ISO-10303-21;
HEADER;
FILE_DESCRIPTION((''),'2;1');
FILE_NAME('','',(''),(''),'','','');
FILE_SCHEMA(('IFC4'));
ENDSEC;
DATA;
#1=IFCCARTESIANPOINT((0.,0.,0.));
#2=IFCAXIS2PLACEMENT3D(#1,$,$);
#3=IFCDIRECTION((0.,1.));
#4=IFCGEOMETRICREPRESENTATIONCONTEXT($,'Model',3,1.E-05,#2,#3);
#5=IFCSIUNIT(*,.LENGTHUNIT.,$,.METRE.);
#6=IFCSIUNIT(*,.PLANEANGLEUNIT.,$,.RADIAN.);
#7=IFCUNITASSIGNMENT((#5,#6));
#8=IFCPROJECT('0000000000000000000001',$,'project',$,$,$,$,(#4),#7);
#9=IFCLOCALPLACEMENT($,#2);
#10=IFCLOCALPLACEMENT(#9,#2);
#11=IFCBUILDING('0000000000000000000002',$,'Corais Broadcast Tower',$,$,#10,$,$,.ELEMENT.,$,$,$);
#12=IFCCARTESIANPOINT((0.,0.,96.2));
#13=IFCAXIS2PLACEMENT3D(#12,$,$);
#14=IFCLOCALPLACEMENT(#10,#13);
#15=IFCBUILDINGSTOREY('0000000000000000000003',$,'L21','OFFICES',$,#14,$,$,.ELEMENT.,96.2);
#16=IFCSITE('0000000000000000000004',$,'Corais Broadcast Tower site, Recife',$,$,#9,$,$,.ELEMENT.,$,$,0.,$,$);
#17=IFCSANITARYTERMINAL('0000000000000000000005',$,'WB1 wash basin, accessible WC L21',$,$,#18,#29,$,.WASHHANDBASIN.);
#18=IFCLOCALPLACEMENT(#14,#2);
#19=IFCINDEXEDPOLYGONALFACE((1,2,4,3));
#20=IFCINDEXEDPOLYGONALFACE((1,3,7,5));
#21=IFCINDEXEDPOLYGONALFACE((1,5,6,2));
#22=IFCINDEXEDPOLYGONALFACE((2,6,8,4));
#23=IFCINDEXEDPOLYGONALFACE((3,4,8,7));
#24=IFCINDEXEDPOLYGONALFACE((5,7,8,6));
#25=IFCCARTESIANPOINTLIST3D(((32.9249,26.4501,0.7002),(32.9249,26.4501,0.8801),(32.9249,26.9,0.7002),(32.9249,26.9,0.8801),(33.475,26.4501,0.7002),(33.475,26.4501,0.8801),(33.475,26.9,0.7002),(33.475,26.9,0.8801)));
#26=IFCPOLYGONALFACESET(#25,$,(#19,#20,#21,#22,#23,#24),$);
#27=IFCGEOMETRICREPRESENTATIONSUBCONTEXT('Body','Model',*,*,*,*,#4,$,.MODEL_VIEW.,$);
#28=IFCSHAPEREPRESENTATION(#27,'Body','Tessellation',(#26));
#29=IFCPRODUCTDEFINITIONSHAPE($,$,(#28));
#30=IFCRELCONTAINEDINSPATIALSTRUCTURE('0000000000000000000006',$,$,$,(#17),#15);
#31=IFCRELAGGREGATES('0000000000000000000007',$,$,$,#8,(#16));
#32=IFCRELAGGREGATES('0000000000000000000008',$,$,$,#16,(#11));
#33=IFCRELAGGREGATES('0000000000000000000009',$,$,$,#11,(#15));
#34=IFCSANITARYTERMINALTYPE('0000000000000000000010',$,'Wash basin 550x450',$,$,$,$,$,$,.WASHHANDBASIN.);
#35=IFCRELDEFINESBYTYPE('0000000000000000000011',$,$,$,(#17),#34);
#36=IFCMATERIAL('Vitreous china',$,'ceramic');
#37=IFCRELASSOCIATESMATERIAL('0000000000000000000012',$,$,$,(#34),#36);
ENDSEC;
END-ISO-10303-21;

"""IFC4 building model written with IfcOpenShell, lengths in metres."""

from ifc_helpers import new_model, si_unit, direction, frame, origin, origin_2d, place, context, subcontext, project, spatial, rectangle, extrude, material, type_object, element, save


model = new_model("IFC4")

# Units and contexts
model_context = context("Model", 3, precision=1e-05, world=origin(), true_north=direction((0.0, 1.0)))
body_context = subcontext(model_context, "Body", "Model", "MODEL_VIEW")
ifc_project = project(units=[si_unit("LENGTHUNIT", "METRE"), si_unit("PLANEANGLEUNIT", "RADIAN")], contexts=[model_context])

# Site, building, storey
site_placement = place(None, origin())
site = spatial("IfcSite", under=ifc_project, at=site_placement, Name="Corais Broadcast Tower site, Recife", CompositionType="ELEMENT", RefElevation=0.0)
building_placement = place(site_placement, origin())
building = spatial("IfcBuilding", under=site, at=building_placement, Name="Corais Broadcast Tower", CompositionType="ELEMENT")
storey_placement = place(building_placement, frame((0.0, 0.0, 96.2)))
storey = spatial("IfcBuildingStorey", under=building, at=storey_placement, Name="L21", Description="OFFICES", CompositionType="ELEMENT", Elevation=96.2)

# Sanitary terminal
ifc_material_1 = material(Name="Vitreous china", Category="ceramic")
sanitary_terminal_type_1 = type_object("IfcSanitaryTerminalType", Name="Wash basin 550x450", PredefinedType="WASHHANDBASIN", material=ifc_material_1)
sanitary_terminal_placement = place(storey_placement, frame((33.2, 26.675, 0.7002), z_axis=(0.0, 0.0, 1.0), x_axis=(1.0, 0.0, 0.0)))
element("IfcSanitaryTerminal", 1, at=sanitary_terminal_placement, inside=storey, type_object=sanitary_terminal_type_1, Name="WB1 wash basin, accessible WC L21", PredefinedType="WASHHANDBASIN", context=body_context, shape_type="SweptSolid", body=[
    extrude(rectangle(XDim=0.55, YDim=0.45, at=origin_2d()), origin(), (0.0, 0.0, 1.0), 0.1799),
])

save(model, "model.ifc")
